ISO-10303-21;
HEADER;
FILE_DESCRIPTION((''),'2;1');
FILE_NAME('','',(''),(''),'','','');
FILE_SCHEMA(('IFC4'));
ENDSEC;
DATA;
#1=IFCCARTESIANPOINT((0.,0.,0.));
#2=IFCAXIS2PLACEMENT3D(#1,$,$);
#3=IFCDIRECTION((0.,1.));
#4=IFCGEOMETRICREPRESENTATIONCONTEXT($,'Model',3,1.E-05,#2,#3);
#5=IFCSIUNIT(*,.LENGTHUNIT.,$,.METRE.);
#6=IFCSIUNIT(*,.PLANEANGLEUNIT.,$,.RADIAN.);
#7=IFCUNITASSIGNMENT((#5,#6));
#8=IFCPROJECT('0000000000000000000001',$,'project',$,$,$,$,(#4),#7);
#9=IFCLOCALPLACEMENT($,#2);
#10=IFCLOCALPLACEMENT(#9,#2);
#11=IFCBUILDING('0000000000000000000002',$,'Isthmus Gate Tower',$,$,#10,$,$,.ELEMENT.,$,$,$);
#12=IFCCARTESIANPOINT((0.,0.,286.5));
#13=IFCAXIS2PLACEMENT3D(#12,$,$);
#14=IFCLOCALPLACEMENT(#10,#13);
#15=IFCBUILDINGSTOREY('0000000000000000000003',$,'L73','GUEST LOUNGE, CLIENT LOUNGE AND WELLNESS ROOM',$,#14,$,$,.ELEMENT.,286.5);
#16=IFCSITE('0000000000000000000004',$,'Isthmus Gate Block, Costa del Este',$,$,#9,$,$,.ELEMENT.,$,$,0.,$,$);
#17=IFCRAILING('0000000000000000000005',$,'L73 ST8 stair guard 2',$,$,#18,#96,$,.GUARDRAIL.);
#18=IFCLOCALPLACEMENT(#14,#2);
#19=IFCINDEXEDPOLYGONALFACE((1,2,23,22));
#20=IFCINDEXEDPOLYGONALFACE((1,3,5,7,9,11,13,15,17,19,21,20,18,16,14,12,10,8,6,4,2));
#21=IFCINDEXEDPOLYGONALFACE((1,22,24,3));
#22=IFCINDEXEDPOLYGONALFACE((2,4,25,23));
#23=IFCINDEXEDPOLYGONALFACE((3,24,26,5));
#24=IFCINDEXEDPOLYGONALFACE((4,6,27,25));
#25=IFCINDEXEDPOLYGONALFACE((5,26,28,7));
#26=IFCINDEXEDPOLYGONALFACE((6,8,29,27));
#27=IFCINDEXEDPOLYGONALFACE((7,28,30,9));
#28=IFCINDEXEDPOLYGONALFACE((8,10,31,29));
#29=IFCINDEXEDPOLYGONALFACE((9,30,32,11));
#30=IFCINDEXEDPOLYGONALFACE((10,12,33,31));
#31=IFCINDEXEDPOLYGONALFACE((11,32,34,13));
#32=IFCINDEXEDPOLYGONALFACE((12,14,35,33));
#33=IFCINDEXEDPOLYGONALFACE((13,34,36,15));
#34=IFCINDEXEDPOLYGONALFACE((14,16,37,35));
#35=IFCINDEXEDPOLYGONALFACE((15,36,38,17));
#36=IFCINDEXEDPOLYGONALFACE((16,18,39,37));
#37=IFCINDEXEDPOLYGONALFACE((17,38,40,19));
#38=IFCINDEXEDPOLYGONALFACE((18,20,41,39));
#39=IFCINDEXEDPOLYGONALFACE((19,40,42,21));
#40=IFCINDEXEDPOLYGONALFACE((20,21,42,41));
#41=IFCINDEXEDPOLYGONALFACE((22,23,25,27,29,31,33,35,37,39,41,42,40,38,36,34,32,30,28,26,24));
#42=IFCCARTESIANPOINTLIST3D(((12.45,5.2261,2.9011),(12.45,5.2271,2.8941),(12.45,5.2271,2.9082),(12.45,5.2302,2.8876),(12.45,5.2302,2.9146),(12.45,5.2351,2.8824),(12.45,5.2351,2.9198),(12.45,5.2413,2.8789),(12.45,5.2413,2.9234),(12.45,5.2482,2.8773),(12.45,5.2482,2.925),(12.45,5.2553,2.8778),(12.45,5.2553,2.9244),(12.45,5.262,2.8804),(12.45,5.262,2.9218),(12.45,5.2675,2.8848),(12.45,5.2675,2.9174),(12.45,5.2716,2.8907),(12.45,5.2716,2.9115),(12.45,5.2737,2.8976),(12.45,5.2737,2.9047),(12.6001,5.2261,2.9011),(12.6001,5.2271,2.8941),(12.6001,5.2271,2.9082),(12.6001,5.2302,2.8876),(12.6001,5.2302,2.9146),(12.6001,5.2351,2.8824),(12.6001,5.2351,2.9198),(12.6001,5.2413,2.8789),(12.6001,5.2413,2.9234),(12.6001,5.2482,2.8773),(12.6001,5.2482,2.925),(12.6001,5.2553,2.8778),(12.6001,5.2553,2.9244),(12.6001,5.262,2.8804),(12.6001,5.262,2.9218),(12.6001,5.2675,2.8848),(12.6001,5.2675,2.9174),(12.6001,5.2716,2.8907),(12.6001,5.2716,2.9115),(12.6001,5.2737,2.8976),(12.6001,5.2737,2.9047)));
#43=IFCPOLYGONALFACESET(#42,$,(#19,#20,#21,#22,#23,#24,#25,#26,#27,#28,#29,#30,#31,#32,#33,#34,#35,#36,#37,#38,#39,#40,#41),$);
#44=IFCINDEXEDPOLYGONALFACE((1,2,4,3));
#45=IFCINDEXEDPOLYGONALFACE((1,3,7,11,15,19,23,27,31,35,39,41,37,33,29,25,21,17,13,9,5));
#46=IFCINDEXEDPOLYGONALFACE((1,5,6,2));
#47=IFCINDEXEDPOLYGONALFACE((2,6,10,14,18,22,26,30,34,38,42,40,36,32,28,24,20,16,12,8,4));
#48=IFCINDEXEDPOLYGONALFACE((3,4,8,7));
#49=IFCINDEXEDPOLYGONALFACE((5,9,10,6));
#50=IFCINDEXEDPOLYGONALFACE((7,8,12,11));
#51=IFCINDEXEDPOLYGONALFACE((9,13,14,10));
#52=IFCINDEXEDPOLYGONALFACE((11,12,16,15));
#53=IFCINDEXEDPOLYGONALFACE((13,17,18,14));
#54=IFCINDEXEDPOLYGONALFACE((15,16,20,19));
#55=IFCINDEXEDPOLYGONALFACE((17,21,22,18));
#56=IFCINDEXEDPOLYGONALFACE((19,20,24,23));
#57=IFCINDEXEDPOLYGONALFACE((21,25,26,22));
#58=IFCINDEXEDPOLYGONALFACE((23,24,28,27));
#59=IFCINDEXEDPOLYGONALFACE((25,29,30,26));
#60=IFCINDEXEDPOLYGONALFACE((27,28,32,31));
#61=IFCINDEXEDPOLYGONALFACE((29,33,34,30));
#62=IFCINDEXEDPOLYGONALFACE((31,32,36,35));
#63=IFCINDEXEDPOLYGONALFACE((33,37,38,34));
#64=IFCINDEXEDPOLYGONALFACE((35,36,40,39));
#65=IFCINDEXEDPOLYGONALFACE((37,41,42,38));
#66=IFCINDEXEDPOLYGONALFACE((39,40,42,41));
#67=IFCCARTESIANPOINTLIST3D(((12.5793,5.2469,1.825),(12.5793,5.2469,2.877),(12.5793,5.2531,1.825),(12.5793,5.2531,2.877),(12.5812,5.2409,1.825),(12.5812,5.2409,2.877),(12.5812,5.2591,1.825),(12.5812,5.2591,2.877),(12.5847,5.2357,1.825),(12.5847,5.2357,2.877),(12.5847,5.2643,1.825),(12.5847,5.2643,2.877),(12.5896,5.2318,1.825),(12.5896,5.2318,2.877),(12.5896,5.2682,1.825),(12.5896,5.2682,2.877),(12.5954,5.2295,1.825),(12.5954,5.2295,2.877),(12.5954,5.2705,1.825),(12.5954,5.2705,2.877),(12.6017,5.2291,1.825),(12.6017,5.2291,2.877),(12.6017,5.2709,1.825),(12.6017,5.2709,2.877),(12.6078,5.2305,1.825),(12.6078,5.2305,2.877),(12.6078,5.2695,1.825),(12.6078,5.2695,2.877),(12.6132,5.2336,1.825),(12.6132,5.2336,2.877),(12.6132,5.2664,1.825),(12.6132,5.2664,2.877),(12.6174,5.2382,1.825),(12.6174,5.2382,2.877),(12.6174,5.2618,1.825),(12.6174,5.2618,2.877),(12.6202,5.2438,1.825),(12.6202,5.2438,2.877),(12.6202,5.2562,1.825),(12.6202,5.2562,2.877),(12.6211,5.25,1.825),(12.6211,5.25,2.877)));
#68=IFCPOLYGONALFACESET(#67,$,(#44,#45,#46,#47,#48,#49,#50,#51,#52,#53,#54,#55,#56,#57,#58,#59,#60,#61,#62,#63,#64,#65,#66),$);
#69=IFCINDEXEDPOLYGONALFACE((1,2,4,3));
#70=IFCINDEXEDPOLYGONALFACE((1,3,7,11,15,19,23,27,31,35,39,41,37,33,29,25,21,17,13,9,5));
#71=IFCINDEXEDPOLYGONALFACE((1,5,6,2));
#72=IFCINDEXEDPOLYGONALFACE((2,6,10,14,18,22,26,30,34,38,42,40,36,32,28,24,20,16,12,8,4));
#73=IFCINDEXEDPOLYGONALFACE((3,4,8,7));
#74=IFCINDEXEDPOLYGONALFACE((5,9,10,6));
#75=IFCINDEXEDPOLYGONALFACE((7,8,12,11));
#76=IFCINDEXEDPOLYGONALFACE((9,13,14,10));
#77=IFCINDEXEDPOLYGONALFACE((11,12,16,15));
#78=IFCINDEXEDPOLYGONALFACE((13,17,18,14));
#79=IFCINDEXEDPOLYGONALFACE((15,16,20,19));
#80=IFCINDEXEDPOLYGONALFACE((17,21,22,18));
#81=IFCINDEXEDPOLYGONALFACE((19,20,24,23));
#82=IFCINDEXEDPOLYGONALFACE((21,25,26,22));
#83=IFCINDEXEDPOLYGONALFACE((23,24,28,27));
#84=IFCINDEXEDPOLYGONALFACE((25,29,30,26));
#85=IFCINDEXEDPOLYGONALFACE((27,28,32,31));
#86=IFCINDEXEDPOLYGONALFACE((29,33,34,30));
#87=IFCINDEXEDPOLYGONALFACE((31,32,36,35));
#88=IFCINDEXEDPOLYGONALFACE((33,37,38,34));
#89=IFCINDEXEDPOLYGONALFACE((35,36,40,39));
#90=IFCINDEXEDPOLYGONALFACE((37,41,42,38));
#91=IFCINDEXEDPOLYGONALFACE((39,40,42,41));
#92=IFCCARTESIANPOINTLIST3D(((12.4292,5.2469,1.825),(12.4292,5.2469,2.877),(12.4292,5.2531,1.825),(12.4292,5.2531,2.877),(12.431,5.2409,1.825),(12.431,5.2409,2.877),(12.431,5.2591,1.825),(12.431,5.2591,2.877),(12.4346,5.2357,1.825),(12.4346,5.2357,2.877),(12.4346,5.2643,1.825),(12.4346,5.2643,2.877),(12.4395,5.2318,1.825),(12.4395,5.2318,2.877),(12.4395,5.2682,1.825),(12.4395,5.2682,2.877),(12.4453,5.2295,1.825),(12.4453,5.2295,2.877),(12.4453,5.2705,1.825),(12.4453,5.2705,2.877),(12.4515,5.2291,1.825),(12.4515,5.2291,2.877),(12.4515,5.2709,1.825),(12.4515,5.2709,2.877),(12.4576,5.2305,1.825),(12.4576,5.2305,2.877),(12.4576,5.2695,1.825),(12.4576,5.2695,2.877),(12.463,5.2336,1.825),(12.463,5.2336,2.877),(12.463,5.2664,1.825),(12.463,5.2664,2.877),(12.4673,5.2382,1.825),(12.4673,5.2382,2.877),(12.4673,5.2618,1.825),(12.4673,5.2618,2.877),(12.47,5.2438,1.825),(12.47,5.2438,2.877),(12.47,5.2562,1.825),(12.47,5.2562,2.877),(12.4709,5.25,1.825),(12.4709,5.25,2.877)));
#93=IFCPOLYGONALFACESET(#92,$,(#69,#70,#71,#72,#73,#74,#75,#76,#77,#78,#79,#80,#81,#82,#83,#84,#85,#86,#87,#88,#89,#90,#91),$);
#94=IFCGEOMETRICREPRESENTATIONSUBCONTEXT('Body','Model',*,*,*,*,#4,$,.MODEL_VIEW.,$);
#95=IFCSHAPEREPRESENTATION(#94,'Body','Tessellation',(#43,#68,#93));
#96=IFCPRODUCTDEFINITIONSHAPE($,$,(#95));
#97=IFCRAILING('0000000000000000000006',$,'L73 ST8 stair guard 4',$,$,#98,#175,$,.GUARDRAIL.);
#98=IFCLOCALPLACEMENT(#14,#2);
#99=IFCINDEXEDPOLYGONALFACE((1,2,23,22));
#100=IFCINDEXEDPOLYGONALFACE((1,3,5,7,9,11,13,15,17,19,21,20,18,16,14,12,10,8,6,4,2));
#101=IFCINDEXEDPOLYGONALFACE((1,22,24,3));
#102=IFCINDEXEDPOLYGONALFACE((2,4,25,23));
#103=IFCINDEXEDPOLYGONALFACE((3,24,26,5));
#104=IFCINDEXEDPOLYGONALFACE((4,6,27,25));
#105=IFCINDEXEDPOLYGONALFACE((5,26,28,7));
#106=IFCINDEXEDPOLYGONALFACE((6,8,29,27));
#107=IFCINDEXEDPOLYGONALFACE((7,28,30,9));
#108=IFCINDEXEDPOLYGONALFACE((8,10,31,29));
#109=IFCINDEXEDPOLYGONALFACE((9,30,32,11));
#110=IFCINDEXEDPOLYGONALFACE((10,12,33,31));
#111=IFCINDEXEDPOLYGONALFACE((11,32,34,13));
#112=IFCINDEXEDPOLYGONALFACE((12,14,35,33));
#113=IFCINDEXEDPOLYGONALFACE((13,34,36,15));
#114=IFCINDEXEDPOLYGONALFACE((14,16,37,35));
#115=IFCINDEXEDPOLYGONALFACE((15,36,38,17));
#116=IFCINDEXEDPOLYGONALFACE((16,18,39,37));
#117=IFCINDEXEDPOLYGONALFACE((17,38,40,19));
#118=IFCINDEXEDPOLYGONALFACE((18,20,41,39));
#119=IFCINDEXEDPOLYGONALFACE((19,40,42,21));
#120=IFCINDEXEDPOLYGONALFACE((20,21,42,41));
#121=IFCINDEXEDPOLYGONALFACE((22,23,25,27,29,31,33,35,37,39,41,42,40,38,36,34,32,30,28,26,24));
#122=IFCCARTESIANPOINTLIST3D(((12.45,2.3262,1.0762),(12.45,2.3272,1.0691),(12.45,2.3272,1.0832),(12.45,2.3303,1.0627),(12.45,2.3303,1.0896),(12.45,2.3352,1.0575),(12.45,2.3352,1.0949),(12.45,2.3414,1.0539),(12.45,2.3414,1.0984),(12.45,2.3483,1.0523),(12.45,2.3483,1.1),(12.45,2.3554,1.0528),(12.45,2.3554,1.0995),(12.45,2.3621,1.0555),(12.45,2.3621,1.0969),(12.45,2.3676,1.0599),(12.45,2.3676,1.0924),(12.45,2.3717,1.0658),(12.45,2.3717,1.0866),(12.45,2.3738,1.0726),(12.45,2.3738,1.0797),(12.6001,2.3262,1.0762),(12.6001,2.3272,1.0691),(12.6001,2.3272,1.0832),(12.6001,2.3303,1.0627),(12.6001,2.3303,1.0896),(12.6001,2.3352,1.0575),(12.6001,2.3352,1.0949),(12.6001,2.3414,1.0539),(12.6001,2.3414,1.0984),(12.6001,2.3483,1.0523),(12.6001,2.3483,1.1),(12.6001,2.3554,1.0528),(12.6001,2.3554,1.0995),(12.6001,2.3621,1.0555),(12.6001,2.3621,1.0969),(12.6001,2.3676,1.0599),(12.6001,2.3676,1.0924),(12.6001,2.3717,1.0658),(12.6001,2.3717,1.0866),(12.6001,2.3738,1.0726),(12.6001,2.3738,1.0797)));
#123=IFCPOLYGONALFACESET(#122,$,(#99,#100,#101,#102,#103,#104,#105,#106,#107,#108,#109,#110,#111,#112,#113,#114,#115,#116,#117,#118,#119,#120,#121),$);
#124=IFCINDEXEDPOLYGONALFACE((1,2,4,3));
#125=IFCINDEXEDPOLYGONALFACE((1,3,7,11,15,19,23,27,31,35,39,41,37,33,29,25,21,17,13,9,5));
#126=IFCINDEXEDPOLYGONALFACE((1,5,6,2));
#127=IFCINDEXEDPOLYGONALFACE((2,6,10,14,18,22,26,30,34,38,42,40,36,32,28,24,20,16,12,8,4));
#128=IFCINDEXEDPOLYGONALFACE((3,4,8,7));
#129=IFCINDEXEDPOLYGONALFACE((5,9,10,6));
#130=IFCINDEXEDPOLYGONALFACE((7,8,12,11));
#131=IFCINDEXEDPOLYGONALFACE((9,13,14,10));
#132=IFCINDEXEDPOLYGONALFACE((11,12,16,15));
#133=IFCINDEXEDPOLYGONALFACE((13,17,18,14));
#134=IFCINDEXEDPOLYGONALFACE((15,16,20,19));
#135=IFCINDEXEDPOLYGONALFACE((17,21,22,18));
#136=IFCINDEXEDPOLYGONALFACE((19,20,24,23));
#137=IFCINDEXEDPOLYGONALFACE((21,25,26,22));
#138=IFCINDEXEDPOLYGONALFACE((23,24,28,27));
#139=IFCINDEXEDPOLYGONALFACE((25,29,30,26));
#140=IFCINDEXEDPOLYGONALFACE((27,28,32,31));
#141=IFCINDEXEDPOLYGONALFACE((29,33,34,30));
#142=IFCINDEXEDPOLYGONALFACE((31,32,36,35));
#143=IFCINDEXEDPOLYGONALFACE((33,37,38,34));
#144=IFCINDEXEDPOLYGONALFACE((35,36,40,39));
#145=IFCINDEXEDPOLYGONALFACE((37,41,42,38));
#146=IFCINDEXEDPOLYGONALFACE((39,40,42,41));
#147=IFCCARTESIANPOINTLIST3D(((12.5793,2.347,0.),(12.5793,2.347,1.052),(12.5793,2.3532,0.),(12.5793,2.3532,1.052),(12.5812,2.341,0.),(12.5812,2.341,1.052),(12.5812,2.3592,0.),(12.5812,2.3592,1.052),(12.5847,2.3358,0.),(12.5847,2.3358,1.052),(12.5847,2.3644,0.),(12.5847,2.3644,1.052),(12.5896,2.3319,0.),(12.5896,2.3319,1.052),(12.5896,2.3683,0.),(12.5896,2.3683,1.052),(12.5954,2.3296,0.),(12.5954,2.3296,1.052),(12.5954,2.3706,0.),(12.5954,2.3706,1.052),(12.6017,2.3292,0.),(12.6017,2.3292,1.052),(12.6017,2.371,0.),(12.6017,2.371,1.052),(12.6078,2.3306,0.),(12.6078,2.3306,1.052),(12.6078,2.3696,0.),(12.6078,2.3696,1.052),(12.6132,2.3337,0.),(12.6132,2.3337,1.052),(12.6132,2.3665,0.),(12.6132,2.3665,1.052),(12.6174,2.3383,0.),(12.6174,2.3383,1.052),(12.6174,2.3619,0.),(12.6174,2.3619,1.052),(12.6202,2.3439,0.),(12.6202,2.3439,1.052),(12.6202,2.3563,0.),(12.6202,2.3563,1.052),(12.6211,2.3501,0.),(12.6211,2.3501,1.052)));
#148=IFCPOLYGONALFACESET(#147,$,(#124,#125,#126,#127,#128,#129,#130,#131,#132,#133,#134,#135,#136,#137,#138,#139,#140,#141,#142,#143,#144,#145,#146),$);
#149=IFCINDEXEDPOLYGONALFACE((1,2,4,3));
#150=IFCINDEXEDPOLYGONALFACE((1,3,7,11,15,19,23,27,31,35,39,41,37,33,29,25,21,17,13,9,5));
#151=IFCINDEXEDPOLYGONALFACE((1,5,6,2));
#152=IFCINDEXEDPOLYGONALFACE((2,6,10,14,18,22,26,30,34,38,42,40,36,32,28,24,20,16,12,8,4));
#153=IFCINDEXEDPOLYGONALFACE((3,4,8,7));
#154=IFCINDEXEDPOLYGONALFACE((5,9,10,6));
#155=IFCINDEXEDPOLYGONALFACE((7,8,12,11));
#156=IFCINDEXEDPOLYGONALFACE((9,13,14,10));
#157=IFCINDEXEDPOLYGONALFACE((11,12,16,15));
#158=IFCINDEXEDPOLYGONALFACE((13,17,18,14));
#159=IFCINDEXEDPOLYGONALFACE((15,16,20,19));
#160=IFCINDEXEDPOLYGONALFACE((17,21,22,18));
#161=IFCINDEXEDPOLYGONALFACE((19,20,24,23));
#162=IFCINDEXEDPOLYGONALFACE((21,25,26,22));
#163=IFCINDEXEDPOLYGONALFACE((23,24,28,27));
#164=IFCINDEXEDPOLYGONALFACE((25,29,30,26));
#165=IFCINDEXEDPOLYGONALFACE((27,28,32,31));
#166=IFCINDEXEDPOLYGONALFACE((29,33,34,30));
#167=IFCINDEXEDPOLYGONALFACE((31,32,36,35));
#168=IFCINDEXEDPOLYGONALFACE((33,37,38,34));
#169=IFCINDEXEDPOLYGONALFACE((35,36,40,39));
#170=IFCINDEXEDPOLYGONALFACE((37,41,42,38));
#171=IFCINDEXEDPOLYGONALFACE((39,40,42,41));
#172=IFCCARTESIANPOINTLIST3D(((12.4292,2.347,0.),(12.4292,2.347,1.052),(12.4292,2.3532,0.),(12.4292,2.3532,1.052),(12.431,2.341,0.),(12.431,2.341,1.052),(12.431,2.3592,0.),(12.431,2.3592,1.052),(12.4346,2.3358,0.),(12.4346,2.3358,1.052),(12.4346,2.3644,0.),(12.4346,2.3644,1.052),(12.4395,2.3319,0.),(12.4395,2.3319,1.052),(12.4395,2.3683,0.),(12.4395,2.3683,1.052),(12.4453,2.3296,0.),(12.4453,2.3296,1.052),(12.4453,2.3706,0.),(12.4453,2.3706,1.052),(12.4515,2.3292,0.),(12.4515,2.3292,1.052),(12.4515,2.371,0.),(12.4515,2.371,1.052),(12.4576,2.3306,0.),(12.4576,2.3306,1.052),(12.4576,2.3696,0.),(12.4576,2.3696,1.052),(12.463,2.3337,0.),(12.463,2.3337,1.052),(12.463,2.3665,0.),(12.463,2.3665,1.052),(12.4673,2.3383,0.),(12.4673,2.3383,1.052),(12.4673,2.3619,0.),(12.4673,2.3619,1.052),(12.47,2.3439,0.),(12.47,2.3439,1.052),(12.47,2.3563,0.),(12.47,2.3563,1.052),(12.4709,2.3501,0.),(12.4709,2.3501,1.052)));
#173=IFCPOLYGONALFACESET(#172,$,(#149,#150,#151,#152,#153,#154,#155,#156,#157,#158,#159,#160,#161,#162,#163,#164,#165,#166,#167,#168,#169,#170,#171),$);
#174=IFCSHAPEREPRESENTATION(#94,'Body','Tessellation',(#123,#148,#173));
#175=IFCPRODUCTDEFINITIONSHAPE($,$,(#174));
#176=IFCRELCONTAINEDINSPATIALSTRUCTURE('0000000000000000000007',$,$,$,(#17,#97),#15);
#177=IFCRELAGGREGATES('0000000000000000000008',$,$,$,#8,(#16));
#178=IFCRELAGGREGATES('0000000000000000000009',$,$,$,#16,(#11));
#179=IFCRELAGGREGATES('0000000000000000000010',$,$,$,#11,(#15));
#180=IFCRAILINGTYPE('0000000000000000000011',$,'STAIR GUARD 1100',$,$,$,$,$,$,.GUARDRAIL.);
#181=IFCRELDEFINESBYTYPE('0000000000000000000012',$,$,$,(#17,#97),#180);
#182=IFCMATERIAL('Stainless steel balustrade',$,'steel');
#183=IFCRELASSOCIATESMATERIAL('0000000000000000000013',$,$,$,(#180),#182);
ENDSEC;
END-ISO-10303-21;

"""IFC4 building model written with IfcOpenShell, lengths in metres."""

from ifc_helpers import new_model, si_unit, direction, frame, origin, origin_2d, place, context, subcontext, project, spatial, circle, extrude, material, type_object, element, save


model = new_model("IFC4")

# Units and contexts
model_context = context("Model", 3, precision=1e-05, world=origin(), true_north=direction((0.0, 1.0)))
body_context = subcontext(model_context, "Body", "Model", "MODEL_VIEW")
ifc_project = project(units=[si_unit("LENGTHUNIT", "METRE"), si_unit("PLANEANGLEUNIT", "RADIAN")], contexts=[model_context])

# Site, building, storey
site_placement = place(None, origin())
site = spatial("IfcSite", under=ifc_project, at=site_placement, Name="Isthmus Gate Block, Costa del Este", CompositionType="ELEMENT", RefElevation=0.0)
building_placement = place(site_placement, origin())
building = spatial("IfcBuilding", under=site, at=building_placement, Name="Isthmus Gate Tower", CompositionType="ELEMENT")
storey_placement = place(building_placement, frame((0.0, 0.0, 286.5)))
storey = spatial("IfcBuildingStorey", under=building, at=storey_placement, Name="L73", Description="GUEST LOUNGE, CLIENT LOUNGE AND WELLNESS ROOM", CompositionType="ELEMENT", Elevation=286.5)

# Railings
ifc_material_1 = material(Name="Stainless steel balustrade", Category="steel")
railing_type_1 = type_object("IfcRailingType", Name="STAIR GUARD 1100", PredefinedType="GUARDRAIL", material=ifc_material_1)
for number, where, name in (
    (1, (12.6001, 5.25, 1.825), "L73 ST8 stair guard 2"),
    (2, (12.6001, 2.3501, 0.0), "L73 ST8 stair guard 4"),
):
    element("IfcRailing", number, at=place(storey_placement, frame(where)), inside=storey, type_object=railing_type_1, Name=name, PredefinedType="GUARDRAIL", context=body_context, shape_type="SweptSolid", body=[
        extrude(circle(Radius=0.0239, at=origin_2d()), frame((0.0, 0.0, 1.0762), z_axis=(-1.0, 0.0, 0.0), x_axis=(0.0, -1.0, 0.0)), (0.0, 0.0, 1.0), 0.1501),
        extrude(circle(Radius=0.021, at=origin_2d()), origin(), (0.0, 0.0, 1.0), 1.052),
        extrude(circle(Radius=0.021, at=origin_2d()), frame((-0.1501, 0.0, 0.0)), (0.0, 0.0, 1.0), 1.052),
    ])

save(model, "model.ifc")
